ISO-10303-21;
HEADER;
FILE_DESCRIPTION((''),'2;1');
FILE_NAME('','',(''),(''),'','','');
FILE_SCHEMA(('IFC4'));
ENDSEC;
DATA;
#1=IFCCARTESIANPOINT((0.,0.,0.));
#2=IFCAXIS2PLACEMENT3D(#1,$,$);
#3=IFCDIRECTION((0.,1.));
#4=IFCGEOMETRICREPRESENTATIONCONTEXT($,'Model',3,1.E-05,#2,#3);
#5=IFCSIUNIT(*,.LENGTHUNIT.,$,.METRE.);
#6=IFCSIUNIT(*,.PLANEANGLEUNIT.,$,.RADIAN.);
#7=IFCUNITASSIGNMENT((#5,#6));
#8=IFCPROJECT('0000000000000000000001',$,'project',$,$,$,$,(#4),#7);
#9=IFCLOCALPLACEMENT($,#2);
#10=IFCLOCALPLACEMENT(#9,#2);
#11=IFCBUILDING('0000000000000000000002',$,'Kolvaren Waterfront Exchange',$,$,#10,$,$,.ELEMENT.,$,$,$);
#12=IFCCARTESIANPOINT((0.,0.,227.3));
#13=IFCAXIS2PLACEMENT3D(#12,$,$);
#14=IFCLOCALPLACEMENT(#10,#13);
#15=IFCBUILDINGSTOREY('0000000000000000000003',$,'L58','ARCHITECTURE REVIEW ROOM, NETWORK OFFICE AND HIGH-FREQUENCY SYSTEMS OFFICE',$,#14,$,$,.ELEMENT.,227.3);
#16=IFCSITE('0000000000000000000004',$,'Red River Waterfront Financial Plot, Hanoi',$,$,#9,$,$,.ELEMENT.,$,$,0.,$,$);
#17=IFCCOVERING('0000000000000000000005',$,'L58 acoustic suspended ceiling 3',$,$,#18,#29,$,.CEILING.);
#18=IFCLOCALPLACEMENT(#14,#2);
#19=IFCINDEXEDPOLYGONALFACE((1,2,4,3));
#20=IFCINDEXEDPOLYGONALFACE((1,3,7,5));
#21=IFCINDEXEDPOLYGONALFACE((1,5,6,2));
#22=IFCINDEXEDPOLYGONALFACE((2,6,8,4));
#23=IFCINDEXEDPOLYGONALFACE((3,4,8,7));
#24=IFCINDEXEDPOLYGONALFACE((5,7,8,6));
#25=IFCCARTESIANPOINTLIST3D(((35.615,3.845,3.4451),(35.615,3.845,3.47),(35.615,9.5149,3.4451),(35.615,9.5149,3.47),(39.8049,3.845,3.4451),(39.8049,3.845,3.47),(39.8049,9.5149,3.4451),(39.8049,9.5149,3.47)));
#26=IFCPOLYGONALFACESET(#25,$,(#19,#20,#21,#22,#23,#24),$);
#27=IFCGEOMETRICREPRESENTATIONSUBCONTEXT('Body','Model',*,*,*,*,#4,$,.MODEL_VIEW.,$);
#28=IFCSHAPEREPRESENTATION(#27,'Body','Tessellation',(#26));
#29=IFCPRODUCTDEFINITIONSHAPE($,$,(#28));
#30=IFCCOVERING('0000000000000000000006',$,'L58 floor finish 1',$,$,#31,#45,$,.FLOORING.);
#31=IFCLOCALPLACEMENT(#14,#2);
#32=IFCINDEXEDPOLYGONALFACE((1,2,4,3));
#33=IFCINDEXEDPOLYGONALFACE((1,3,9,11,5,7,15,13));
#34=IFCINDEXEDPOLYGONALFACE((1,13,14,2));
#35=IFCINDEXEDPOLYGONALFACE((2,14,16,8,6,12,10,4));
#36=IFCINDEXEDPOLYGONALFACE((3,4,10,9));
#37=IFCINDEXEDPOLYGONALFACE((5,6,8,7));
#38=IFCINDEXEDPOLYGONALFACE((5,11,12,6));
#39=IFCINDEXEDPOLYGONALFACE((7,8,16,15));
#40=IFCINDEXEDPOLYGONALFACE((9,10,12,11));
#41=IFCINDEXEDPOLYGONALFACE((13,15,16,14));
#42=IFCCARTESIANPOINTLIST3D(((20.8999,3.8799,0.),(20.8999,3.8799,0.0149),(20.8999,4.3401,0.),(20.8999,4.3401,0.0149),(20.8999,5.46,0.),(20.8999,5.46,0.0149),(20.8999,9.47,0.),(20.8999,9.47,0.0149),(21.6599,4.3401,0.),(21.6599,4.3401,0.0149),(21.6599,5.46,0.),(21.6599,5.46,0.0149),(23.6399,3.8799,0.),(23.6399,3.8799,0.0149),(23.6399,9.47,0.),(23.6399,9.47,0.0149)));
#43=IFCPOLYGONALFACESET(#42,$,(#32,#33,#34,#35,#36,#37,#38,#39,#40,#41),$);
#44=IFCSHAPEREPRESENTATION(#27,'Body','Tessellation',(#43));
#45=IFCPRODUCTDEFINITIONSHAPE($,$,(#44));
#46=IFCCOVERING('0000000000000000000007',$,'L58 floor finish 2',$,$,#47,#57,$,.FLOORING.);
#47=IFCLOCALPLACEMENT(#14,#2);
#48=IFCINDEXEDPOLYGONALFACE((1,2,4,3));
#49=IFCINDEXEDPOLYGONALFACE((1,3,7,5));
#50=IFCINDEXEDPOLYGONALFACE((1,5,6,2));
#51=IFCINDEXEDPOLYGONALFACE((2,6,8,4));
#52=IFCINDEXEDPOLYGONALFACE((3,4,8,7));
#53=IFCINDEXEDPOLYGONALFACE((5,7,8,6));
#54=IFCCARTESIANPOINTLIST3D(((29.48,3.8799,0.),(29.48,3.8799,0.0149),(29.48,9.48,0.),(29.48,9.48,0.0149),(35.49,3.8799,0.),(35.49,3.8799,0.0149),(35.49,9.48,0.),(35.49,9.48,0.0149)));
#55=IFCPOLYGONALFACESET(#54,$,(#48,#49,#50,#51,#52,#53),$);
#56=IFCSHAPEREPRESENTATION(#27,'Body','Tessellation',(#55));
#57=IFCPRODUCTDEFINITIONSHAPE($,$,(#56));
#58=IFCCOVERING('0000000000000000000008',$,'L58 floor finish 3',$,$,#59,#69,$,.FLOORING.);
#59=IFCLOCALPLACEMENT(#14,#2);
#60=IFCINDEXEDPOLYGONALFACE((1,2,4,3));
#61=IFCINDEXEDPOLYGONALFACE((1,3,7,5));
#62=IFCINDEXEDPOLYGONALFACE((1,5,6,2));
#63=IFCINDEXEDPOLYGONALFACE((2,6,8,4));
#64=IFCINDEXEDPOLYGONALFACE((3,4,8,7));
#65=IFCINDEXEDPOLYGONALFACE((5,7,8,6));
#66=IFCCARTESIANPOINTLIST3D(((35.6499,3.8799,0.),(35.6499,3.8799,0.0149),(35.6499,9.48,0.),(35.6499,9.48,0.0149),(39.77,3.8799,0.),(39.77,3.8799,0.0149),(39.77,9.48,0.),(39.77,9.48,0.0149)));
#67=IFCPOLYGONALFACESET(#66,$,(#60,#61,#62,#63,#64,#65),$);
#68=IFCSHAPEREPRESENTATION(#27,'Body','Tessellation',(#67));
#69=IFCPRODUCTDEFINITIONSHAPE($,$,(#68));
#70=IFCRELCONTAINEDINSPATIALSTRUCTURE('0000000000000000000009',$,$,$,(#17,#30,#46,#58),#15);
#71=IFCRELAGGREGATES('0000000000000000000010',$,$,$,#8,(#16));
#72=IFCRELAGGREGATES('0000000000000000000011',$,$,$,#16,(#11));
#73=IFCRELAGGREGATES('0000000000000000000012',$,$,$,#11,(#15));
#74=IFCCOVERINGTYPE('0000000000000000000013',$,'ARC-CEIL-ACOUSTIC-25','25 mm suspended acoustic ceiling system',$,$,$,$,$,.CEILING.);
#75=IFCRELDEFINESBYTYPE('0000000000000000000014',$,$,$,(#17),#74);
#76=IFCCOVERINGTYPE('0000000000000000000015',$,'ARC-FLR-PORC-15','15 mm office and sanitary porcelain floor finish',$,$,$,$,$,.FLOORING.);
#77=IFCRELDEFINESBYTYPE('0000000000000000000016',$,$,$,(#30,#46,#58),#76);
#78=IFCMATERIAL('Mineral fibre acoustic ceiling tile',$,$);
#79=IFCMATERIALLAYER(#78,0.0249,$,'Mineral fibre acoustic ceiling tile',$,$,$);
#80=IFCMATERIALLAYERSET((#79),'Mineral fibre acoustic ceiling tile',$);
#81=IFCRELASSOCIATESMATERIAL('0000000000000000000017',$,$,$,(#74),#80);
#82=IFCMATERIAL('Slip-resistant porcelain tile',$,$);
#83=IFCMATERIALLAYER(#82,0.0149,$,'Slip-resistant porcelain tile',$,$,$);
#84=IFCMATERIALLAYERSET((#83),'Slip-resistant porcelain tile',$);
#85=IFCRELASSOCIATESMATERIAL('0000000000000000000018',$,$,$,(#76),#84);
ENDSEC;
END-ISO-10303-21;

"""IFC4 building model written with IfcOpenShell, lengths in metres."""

from ifc_helpers import new_model, si_unit, direction, frame, origin, place, context, subcontext, project, spatial, polyline, outline, extrude, material, layer, layer_set, type_object, element, save


model = new_model("IFC4")

# Units and contexts
model_context = context("Model", 3, precision=1e-05, world=origin(), true_north=direction((0.0, 1.0)))
body_context = subcontext(model_context, "Body", "Model", "MODEL_VIEW")
ifc_project = project(units=[si_unit("LENGTHUNIT", "METRE"), si_unit("PLANEANGLEUNIT", "RADIAN")], contexts=[model_context])

# Site, building, storey
site_placement = place(None, origin())
site = spatial("IfcSite", under=ifc_project, at=site_placement, Name="Red River Waterfront Financial Plot, Hanoi", CompositionType="ELEMENT", RefElevation=0.0)
building_placement = place(site_placement, origin())
building = spatial("IfcBuilding", under=site, at=building_placement, Name="Kolvaren Waterfront Exchange", CompositionType="ELEMENT")
storey_placement = place(building_placement, frame((0.0, 0.0, 227.3)))
storey = spatial("IfcBuildingStorey", under=building, at=storey_placement, Name="L58", Description="ARCHITECTURE REVIEW ROOM, NETWORK OFFICE AND HIGH-FREQUENCY SYSTEMS OFFICE", CompositionType="ELEMENT", Elevation=227.3)

# Coverings
ifc_material_1 = material(Name="Mineral fibre acoustic ceiling tile")
ifc_layer_1 = layer(ifc_material_1, 0.0249, Name="Mineral fibre acoustic ceiling tile")
ifc_layer_set_1 = layer_set([ifc_layer_1], Name="Mineral fibre acoustic ceiling tile")
covering_type_1 = type_object("IfcCoveringType", Name="ARC-CEIL-ACOUSTIC-25", Description="25 mm suspended acoustic ceiling system", PredefinedType="CEILING", material=ifc_layer_set_1)
covering_1_placement = place(storey_placement, frame((0.0, 0.0, 3.4451)))
element("IfcCovering", 1, at=covering_1_placement, inside=storey, type_object=covering_type_1, Name="L58 acoustic suspended ceiling 3", PredefinedType="CEILING", context=body_context, shape_type="SweptSolid", body=[
    extrude(outline(polyline([(39.8049, 3.845), (39.8049, 9.5149), (35.615, 9.5149), (35.615, 3.845), (39.8049, 3.845)])), origin(), (0.0, 0.0, 1.0), 0.0249),
])
ifc_material_2 = material(Name="Slip-resistant porcelain tile")
ifc_layer_2 = layer(ifc_material_2, 0.0149, Name="Slip-resistant porcelain tile")
ifc_layer_set_2 = layer_set([ifc_layer_2], Name="Slip-resistant porcelain tile")
covering_type_2 = type_object("IfcCoveringType", Name="ARC-FLR-PORC-15", Description="15 mm office and sanitary porcelain floor finish", PredefinedType="FLOORING", material=ifc_layer_set_2)
covering_2_placement = place(storey_placement, origin())
element("IfcCovering", 2, at=covering_2_placement, inside=storey, type_object=covering_type_2, Name="L58 floor finish 1", PredefinedType="FLOORING", context=body_context, shape_type="SweptSolid", body=[
    extrude(outline(polyline([(20.8999, 4.3401), (20.8999, 3.8799), (23.6399, 3.8799), (23.6399, 9.47), (20.8999, 9.47), (20.8999, 5.46), (21.6599, 5.46), (21.6599, 4.3401), (20.8999, 4.3401)])), origin(), (0.0, 0.0, 1.0), 0.0149),
])
covering_3_placement = place(storey_placement, origin())
element("IfcCovering", 3, at=covering_3_placement, inside=storey, type_object=covering_type_2, Name="L58 floor finish 2", PredefinedType="FLOORING", context=body_context, shape_type="SweptSolid", body=[
    extrude(outline(polyline([(29.48, 9.48), (29.48, 3.8799), (35.49, 3.8799), (35.49, 9.48), (29.48, 9.48)])), origin(), (0.0, 0.0, 1.0), 0.0149),
])
covering_4_placement = place(storey_placement, origin())
element("IfcCovering", 4, at=covering_4_placement, inside=storey, type_object=covering_type_2, Name="L58 floor finish 3", PredefinedType="FLOORING", context=body_context, shape_type="SweptSolid", body=[
    extrude(outline(polyline([(35.6499, 9.48), (35.6499, 3.8799), (39.77, 3.8799), (39.77, 9.48), (35.6499, 9.48)])), origin(), (0.0, 0.0, 1.0), 0.0149),
])

save(model, "model.ifc")
